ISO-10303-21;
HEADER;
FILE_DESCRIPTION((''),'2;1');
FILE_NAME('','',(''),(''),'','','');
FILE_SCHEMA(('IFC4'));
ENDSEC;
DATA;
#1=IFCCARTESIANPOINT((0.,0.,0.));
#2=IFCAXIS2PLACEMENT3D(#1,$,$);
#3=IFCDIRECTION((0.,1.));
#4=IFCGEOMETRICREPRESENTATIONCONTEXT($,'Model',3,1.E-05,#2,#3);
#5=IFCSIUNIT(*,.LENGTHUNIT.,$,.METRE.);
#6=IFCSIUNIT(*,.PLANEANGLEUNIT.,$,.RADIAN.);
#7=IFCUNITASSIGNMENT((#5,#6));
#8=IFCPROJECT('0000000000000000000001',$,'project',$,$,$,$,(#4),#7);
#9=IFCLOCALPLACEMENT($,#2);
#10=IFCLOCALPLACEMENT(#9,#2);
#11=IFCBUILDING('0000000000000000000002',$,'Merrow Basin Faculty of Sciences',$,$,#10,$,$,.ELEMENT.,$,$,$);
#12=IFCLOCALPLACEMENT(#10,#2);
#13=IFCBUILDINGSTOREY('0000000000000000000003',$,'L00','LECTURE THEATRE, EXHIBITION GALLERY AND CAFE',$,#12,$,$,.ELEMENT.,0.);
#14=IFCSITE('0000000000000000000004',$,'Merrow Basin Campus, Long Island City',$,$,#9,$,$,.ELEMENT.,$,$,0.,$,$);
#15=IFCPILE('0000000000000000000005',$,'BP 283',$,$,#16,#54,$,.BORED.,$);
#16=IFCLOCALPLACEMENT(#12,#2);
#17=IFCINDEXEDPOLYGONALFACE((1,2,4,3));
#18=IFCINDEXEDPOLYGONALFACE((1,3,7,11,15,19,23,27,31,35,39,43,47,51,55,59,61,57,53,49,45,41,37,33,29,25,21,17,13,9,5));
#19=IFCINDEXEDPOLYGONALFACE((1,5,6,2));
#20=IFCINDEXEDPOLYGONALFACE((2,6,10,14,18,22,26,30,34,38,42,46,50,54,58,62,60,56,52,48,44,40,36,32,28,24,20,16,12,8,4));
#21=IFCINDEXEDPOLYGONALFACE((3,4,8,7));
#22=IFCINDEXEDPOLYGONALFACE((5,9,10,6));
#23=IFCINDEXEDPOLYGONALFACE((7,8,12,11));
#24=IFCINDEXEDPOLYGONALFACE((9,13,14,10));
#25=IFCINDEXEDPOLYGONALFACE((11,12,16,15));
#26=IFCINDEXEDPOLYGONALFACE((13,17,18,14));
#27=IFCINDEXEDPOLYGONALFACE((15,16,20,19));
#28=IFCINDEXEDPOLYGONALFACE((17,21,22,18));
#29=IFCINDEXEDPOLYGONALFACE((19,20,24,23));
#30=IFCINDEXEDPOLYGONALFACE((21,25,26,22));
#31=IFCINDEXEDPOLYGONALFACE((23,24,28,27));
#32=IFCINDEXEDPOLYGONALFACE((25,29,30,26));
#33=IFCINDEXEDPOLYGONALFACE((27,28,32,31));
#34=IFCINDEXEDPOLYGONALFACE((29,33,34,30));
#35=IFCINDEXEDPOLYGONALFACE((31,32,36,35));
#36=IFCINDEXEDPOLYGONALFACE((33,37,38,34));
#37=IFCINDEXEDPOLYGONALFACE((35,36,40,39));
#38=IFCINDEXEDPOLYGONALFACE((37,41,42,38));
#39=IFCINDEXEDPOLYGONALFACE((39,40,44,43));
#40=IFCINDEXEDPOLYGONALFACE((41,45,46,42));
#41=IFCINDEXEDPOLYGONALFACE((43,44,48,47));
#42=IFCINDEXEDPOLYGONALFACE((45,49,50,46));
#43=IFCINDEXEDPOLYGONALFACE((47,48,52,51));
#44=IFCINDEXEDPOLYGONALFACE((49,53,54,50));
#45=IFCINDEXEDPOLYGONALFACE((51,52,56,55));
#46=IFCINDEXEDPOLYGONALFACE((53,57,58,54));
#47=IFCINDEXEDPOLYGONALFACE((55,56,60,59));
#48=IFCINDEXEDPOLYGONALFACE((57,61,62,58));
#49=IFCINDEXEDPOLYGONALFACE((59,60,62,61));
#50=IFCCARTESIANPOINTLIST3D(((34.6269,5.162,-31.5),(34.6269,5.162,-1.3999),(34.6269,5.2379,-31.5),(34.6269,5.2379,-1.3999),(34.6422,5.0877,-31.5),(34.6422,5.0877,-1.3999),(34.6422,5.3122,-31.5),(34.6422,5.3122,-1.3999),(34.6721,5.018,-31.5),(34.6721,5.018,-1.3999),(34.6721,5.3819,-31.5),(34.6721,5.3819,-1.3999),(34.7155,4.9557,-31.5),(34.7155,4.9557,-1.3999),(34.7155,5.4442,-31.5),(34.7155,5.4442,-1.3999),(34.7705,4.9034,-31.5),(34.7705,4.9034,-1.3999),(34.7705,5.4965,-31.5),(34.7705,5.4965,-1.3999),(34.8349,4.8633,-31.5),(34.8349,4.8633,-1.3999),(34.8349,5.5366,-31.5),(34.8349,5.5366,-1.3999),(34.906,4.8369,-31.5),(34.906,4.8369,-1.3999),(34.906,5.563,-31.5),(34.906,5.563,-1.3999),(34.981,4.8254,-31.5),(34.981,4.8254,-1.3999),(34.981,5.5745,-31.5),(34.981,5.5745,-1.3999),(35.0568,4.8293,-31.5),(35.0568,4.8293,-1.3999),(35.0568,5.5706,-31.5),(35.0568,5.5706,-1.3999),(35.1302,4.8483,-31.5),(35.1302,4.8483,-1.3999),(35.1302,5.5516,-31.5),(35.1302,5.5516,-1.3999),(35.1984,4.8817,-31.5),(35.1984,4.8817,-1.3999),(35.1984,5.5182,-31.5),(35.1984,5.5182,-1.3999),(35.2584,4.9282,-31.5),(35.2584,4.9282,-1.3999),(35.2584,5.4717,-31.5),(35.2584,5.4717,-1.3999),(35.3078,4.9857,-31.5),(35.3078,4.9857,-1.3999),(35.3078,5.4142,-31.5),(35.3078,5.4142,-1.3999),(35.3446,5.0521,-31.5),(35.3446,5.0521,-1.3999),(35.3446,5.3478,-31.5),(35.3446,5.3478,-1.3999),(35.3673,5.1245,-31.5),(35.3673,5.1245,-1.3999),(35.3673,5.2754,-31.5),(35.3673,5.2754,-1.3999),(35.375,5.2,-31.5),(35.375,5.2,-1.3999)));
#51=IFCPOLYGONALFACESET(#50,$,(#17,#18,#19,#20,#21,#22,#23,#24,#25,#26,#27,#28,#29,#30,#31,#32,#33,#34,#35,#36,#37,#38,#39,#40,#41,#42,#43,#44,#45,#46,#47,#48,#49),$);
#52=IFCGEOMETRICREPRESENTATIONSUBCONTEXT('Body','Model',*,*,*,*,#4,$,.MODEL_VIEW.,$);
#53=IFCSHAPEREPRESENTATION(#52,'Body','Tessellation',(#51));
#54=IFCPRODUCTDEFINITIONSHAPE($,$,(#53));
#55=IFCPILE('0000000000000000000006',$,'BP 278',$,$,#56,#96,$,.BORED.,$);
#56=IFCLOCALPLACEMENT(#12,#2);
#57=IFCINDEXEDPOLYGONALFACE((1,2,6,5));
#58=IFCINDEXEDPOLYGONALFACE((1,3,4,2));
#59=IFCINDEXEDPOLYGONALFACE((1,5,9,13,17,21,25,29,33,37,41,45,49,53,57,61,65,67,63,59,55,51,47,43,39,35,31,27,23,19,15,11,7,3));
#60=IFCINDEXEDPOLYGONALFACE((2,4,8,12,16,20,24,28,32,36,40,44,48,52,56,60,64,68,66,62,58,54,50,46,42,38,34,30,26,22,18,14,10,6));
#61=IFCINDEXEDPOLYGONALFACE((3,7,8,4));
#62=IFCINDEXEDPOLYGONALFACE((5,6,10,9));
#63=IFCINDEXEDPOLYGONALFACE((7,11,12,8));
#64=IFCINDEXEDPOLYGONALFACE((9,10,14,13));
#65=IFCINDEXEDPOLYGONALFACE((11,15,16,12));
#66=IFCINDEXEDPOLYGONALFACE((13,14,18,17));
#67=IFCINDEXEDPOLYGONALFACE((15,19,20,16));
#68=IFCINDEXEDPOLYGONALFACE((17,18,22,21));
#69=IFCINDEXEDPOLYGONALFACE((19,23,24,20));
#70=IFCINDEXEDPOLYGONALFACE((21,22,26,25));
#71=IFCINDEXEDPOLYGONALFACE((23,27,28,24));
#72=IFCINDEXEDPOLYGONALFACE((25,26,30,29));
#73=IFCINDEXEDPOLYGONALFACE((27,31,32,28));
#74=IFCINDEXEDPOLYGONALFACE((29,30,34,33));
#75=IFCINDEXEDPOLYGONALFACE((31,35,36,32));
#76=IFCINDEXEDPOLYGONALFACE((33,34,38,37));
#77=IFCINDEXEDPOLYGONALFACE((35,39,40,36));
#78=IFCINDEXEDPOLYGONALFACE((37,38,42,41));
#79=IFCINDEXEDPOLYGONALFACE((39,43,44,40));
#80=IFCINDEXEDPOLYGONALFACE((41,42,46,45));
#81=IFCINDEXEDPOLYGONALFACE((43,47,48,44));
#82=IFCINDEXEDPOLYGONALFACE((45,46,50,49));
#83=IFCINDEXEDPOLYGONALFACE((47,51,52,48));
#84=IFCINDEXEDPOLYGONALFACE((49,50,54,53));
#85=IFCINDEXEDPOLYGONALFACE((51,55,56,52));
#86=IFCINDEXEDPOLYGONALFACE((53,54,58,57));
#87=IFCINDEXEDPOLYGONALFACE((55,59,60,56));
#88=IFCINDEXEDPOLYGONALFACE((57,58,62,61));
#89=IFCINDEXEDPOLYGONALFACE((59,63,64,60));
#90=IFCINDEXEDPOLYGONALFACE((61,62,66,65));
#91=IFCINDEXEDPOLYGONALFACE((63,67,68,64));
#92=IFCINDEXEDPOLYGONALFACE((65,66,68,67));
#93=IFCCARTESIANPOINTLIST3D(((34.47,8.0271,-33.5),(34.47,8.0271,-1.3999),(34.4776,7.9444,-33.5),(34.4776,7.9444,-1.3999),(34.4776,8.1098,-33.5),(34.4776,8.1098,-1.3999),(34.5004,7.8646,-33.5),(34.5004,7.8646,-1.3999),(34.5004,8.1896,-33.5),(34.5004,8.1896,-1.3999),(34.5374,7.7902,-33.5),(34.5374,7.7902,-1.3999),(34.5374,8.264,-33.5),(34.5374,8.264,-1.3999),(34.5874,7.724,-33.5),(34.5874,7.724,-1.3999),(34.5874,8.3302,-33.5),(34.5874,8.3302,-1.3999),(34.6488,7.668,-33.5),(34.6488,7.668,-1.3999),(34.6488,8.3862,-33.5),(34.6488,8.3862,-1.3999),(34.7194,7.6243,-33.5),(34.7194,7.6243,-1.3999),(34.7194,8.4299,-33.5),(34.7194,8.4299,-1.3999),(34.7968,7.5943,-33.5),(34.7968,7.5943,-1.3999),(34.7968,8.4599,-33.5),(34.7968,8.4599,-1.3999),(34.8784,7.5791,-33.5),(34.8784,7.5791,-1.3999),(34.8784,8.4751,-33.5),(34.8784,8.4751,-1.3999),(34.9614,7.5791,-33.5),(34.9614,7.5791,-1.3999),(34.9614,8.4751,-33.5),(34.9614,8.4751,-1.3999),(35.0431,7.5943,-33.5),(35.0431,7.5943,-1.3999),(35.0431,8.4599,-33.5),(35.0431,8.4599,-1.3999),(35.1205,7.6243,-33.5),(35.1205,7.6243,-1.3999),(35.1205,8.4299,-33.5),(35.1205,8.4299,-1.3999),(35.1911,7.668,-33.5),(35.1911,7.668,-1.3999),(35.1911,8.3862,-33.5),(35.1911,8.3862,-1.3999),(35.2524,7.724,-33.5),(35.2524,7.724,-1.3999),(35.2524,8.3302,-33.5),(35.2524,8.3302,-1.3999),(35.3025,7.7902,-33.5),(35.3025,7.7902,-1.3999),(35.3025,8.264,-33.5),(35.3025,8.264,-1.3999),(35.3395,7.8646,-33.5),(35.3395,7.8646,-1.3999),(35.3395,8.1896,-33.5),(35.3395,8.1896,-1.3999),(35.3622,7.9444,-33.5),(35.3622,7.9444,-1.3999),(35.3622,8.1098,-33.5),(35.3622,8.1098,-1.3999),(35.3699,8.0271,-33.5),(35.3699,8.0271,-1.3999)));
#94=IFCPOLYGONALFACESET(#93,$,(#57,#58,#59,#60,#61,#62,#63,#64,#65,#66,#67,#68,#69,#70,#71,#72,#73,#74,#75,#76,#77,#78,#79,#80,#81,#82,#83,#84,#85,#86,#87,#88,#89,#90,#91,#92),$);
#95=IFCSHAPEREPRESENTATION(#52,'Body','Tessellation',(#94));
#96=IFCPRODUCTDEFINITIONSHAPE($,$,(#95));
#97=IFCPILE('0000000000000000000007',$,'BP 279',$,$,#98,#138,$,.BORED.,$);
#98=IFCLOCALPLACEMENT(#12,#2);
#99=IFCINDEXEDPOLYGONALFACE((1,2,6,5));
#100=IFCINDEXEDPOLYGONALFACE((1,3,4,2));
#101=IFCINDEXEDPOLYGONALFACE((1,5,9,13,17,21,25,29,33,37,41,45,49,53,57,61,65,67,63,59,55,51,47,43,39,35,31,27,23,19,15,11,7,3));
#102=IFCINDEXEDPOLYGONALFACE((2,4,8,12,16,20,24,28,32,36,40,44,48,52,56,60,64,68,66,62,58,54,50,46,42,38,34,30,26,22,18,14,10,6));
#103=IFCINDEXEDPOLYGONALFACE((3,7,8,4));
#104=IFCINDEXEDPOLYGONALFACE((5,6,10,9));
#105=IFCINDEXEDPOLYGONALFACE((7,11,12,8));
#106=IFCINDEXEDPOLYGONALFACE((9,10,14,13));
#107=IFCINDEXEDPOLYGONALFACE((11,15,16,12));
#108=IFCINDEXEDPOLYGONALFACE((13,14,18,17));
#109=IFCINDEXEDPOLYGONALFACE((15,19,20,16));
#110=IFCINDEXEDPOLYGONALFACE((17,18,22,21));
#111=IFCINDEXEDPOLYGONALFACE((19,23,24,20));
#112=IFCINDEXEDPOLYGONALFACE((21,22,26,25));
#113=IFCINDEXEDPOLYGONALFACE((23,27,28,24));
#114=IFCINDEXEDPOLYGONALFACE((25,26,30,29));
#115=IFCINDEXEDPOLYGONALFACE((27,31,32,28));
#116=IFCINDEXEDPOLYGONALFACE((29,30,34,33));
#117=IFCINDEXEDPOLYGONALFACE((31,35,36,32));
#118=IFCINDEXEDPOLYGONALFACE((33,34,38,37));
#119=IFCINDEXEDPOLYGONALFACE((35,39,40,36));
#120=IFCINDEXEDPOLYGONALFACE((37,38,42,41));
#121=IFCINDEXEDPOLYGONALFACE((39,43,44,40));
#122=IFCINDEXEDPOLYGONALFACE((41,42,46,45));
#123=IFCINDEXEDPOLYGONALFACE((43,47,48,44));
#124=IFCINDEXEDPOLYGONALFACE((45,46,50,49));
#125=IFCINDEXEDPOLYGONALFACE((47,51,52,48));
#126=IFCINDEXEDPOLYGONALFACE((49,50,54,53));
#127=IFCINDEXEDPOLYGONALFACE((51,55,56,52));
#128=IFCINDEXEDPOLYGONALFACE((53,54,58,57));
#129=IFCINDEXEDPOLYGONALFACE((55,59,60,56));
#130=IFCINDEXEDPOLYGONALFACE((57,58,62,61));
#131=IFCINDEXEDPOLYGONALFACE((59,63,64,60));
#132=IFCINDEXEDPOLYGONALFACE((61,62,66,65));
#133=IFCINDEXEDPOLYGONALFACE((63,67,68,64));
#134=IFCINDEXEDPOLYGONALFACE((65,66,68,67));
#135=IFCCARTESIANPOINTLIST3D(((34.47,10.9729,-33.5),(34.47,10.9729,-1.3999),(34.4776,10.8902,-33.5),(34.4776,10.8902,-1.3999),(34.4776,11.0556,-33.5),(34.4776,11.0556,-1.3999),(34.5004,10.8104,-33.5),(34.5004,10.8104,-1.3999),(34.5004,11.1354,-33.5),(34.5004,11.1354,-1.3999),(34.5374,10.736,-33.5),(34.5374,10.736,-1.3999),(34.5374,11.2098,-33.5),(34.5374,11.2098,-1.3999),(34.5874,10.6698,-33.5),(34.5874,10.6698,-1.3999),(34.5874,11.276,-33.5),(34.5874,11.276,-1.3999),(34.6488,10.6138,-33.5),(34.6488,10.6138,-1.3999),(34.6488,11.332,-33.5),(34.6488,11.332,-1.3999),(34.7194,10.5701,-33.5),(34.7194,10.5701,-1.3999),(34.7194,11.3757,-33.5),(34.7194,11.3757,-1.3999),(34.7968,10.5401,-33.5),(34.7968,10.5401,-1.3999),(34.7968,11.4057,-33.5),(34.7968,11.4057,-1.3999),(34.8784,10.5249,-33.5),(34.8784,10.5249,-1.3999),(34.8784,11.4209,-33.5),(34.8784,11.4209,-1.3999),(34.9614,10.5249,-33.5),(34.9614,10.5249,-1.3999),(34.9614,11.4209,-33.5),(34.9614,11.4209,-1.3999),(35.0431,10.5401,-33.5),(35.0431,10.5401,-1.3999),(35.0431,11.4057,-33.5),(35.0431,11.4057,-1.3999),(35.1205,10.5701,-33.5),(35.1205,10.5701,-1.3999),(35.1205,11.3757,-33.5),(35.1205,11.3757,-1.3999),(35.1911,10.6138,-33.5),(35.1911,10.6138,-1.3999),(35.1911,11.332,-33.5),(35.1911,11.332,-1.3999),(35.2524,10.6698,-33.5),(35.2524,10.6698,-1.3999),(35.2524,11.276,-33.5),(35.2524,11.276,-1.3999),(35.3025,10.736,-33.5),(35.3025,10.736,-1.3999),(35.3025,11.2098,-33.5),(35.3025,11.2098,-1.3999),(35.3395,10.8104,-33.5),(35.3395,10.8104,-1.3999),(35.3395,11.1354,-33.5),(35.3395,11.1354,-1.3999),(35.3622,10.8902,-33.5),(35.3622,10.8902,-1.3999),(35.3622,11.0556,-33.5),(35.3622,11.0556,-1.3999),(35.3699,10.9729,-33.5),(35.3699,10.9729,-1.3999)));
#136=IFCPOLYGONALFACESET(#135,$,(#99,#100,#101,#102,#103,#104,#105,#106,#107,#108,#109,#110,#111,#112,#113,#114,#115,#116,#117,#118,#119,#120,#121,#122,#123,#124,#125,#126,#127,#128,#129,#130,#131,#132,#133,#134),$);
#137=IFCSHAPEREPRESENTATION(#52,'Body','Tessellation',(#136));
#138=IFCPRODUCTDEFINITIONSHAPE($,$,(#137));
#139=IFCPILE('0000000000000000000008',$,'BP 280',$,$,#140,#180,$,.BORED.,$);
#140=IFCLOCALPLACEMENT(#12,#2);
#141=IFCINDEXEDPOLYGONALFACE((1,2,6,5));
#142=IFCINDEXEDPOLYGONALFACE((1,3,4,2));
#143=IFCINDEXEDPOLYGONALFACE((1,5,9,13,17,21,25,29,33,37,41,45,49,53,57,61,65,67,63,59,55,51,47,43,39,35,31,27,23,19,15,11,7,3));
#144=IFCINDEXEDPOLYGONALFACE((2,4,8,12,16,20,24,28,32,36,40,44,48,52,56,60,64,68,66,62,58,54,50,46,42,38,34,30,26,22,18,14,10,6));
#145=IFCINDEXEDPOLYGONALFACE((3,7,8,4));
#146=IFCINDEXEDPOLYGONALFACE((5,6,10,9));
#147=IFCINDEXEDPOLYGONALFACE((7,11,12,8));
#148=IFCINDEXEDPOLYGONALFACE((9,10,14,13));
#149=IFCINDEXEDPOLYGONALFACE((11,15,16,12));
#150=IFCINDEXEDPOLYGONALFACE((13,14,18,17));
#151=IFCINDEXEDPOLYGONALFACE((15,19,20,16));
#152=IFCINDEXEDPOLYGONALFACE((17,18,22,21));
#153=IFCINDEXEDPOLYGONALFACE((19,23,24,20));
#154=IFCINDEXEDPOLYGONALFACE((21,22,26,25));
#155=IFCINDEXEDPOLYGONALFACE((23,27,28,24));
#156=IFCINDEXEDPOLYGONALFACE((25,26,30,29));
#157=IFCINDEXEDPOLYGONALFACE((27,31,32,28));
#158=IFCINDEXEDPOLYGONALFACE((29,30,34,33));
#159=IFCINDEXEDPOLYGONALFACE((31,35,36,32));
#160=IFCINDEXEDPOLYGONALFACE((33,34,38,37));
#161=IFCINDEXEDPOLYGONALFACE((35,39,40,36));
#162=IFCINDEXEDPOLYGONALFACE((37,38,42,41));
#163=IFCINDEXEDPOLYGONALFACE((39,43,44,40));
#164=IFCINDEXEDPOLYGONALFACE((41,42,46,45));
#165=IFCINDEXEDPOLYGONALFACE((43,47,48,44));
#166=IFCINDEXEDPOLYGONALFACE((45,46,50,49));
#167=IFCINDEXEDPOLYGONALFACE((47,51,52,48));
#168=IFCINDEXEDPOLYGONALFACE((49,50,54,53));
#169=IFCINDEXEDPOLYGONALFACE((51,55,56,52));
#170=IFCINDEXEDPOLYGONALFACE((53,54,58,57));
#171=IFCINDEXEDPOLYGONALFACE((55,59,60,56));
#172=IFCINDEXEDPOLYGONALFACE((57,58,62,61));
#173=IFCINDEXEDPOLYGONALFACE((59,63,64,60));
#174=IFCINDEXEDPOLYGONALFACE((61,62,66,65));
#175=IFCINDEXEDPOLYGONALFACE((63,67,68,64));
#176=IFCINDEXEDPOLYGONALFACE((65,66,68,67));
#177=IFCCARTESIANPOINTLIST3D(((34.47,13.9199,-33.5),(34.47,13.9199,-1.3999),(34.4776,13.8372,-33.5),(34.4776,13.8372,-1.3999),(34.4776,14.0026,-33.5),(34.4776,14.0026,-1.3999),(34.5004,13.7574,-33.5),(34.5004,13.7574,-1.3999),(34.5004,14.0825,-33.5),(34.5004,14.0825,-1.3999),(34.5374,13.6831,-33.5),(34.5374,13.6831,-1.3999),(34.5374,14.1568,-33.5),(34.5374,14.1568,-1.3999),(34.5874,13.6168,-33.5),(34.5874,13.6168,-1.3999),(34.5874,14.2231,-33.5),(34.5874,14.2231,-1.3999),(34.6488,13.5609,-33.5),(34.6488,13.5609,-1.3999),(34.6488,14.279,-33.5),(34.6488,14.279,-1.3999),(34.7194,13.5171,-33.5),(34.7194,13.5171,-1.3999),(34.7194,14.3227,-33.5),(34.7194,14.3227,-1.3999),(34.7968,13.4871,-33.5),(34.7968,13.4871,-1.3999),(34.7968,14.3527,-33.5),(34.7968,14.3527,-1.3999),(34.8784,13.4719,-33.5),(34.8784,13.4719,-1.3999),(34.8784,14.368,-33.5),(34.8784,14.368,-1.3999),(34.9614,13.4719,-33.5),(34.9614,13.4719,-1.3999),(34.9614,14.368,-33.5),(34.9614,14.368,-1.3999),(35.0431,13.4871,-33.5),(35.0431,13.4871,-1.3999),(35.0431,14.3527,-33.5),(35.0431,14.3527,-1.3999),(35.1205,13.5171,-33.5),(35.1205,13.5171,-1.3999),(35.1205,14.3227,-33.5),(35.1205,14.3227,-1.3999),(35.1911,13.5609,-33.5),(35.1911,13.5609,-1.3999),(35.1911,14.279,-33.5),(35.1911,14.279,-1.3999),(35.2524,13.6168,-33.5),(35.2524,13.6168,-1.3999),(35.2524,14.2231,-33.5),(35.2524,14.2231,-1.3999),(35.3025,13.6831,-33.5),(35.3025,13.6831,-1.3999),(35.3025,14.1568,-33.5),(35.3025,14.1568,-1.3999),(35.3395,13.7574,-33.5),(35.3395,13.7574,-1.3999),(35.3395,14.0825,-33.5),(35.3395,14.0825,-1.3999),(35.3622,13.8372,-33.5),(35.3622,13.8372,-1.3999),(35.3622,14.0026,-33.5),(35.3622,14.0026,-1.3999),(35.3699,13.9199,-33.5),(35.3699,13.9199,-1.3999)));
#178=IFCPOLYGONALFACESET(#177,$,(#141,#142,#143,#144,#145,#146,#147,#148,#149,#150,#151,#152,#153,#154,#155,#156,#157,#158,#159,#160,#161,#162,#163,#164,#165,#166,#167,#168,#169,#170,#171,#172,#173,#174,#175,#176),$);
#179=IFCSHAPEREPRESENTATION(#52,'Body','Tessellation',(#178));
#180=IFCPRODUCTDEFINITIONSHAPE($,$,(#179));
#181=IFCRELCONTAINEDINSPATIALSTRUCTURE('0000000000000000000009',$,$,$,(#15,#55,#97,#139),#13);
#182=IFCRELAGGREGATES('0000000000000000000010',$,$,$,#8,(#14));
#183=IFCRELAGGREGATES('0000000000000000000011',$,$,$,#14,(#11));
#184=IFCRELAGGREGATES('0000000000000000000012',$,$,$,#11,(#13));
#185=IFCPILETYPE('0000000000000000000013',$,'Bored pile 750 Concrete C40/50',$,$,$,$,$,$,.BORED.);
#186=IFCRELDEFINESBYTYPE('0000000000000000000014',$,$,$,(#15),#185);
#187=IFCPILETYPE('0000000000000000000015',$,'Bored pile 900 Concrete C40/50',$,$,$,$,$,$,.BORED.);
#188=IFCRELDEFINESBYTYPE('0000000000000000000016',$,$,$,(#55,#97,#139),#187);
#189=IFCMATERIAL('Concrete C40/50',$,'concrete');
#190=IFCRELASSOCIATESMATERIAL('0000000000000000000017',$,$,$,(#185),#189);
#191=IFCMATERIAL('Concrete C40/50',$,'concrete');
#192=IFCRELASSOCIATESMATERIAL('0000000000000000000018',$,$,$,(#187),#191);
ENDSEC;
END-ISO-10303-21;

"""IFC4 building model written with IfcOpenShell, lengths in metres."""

from ifc_helpers import new_model, si_unit, direction, frame, origin, origin_2d, place, context, subcontext, project, spatial, circle, extrude, material, material_profile, profile_set, type_object, element, save


model = new_model("IFC4")

# Units and contexts
model_context = context("Model", 3, precision=1e-05, world=origin(), true_north=direction((0.0, 1.0)))
body_context = subcontext(model_context, "Body", "Model", "MODEL_VIEW")
ifc_project = project(units=[si_unit("LENGTHUNIT", "METRE"), si_unit("PLANEANGLEUNIT", "RADIAN")], contexts=[model_context])

# Site, building, storey
site_placement = place(None, origin())
site = spatial("IfcSite", under=ifc_project, at=site_placement, Name="Merrow Basin Campus, Long Island City", CompositionType="ELEMENT", RefElevation=0.0)
building_placement = place(site_placement, origin())
building = spatial("IfcBuilding", under=site, at=building_placement, Name="Merrow Basin Faculty of Sciences", CompositionType="ELEMENT")
storey_placement = place(building_placement, origin())
storey = spatial("IfcBuildingStorey", under=building, at=storey_placement, Name="L00", Description="LECTURE THEATRE, EXHIBITION GALLERY AND CAFE", CompositionType="ELEMENT", Elevation=0.0)

# Piles
ifc_material_1 = material(Name="Concrete C40/50", Category="concrete")
ifc_material_profile_1 = material_profile(ifc_material_1, circle(Radius=0.375, at=origin_2d()))
ifc_profile_set_1 = profile_set([ifc_material_profile_1], Name="Concrete C40/50")
pile_type_1 = type_object("IfcPileType", Name="Bored pile 750 Concrete C40/50", PredefinedType="BORED", material=ifc_profile_set_1)
for number, where, z_axis, x_axis, name in (
    (1, (35.0, 5.2, -1.3999), (0.0, 0.0, -1.0), (1.0, 0.0, 0.0), "BP 283"),
):
    element("IfcPile", number, at=place(storey_placement, frame(where, z_axis=z_axis, x_axis=x_axis)), inside=storey, type_object=pile_type_1, Name=name, PredefinedType="BORED", context=body_context, shape_type="SweptSolid", body=[
        extrude(circle(Radius=0.375, at=origin_2d()), origin(), (0.0, 0.0, 1.0), 30.1001),
    ])
ifc_material_2 = material(Name="Concrete C40/50", Category="concrete")
ifc_material_profile_2 = material_profile(ifc_material_2, circle(Radius=0.45, at=origin_2d()))
ifc_profile_set_2 = profile_set([ifc_material_profile_2], Name="Concrete C40/50")
pile_type_2 = type_object("IfcPileType", Name="Bored pile 900 Concrete C40/50", PredefinedType="BORED", material=ifc_profile_set_2)
for number, where, z_axis, x_axis, name in (
    (2, (34.9199, 8.0271, -1.3999), (0.0, 0.0, -1.0), (1.0, 0.0, 0.0), "BP 278"),
    (3, (34.9199, 10.9729, -1.3999), (0.0, 0.0, -1.0), (1.0, 0.0, 0.0), "BP 279"),
    (4, (34.9199, 13.9199, -1.3999), (0.0, 0.0, -1.0), (1.0, 0.0, 0.0), "BP 280"),
):
    element("IfcPile", number, at=place(storey_placement, frame(where, z_axis=z_axis, x_axis=x_axis)), inside=storey, type_object=pile_type_2, Name=name, PredefinedType="BORED", context=body_context, shape_type="SweptSolid", body=[
        extrude(circle(Radius=0.45, at=origin_2d()), origin(), (0.0, 0.0, 1.0), 32.1001),
    ])

save(model, "model.ifc")
